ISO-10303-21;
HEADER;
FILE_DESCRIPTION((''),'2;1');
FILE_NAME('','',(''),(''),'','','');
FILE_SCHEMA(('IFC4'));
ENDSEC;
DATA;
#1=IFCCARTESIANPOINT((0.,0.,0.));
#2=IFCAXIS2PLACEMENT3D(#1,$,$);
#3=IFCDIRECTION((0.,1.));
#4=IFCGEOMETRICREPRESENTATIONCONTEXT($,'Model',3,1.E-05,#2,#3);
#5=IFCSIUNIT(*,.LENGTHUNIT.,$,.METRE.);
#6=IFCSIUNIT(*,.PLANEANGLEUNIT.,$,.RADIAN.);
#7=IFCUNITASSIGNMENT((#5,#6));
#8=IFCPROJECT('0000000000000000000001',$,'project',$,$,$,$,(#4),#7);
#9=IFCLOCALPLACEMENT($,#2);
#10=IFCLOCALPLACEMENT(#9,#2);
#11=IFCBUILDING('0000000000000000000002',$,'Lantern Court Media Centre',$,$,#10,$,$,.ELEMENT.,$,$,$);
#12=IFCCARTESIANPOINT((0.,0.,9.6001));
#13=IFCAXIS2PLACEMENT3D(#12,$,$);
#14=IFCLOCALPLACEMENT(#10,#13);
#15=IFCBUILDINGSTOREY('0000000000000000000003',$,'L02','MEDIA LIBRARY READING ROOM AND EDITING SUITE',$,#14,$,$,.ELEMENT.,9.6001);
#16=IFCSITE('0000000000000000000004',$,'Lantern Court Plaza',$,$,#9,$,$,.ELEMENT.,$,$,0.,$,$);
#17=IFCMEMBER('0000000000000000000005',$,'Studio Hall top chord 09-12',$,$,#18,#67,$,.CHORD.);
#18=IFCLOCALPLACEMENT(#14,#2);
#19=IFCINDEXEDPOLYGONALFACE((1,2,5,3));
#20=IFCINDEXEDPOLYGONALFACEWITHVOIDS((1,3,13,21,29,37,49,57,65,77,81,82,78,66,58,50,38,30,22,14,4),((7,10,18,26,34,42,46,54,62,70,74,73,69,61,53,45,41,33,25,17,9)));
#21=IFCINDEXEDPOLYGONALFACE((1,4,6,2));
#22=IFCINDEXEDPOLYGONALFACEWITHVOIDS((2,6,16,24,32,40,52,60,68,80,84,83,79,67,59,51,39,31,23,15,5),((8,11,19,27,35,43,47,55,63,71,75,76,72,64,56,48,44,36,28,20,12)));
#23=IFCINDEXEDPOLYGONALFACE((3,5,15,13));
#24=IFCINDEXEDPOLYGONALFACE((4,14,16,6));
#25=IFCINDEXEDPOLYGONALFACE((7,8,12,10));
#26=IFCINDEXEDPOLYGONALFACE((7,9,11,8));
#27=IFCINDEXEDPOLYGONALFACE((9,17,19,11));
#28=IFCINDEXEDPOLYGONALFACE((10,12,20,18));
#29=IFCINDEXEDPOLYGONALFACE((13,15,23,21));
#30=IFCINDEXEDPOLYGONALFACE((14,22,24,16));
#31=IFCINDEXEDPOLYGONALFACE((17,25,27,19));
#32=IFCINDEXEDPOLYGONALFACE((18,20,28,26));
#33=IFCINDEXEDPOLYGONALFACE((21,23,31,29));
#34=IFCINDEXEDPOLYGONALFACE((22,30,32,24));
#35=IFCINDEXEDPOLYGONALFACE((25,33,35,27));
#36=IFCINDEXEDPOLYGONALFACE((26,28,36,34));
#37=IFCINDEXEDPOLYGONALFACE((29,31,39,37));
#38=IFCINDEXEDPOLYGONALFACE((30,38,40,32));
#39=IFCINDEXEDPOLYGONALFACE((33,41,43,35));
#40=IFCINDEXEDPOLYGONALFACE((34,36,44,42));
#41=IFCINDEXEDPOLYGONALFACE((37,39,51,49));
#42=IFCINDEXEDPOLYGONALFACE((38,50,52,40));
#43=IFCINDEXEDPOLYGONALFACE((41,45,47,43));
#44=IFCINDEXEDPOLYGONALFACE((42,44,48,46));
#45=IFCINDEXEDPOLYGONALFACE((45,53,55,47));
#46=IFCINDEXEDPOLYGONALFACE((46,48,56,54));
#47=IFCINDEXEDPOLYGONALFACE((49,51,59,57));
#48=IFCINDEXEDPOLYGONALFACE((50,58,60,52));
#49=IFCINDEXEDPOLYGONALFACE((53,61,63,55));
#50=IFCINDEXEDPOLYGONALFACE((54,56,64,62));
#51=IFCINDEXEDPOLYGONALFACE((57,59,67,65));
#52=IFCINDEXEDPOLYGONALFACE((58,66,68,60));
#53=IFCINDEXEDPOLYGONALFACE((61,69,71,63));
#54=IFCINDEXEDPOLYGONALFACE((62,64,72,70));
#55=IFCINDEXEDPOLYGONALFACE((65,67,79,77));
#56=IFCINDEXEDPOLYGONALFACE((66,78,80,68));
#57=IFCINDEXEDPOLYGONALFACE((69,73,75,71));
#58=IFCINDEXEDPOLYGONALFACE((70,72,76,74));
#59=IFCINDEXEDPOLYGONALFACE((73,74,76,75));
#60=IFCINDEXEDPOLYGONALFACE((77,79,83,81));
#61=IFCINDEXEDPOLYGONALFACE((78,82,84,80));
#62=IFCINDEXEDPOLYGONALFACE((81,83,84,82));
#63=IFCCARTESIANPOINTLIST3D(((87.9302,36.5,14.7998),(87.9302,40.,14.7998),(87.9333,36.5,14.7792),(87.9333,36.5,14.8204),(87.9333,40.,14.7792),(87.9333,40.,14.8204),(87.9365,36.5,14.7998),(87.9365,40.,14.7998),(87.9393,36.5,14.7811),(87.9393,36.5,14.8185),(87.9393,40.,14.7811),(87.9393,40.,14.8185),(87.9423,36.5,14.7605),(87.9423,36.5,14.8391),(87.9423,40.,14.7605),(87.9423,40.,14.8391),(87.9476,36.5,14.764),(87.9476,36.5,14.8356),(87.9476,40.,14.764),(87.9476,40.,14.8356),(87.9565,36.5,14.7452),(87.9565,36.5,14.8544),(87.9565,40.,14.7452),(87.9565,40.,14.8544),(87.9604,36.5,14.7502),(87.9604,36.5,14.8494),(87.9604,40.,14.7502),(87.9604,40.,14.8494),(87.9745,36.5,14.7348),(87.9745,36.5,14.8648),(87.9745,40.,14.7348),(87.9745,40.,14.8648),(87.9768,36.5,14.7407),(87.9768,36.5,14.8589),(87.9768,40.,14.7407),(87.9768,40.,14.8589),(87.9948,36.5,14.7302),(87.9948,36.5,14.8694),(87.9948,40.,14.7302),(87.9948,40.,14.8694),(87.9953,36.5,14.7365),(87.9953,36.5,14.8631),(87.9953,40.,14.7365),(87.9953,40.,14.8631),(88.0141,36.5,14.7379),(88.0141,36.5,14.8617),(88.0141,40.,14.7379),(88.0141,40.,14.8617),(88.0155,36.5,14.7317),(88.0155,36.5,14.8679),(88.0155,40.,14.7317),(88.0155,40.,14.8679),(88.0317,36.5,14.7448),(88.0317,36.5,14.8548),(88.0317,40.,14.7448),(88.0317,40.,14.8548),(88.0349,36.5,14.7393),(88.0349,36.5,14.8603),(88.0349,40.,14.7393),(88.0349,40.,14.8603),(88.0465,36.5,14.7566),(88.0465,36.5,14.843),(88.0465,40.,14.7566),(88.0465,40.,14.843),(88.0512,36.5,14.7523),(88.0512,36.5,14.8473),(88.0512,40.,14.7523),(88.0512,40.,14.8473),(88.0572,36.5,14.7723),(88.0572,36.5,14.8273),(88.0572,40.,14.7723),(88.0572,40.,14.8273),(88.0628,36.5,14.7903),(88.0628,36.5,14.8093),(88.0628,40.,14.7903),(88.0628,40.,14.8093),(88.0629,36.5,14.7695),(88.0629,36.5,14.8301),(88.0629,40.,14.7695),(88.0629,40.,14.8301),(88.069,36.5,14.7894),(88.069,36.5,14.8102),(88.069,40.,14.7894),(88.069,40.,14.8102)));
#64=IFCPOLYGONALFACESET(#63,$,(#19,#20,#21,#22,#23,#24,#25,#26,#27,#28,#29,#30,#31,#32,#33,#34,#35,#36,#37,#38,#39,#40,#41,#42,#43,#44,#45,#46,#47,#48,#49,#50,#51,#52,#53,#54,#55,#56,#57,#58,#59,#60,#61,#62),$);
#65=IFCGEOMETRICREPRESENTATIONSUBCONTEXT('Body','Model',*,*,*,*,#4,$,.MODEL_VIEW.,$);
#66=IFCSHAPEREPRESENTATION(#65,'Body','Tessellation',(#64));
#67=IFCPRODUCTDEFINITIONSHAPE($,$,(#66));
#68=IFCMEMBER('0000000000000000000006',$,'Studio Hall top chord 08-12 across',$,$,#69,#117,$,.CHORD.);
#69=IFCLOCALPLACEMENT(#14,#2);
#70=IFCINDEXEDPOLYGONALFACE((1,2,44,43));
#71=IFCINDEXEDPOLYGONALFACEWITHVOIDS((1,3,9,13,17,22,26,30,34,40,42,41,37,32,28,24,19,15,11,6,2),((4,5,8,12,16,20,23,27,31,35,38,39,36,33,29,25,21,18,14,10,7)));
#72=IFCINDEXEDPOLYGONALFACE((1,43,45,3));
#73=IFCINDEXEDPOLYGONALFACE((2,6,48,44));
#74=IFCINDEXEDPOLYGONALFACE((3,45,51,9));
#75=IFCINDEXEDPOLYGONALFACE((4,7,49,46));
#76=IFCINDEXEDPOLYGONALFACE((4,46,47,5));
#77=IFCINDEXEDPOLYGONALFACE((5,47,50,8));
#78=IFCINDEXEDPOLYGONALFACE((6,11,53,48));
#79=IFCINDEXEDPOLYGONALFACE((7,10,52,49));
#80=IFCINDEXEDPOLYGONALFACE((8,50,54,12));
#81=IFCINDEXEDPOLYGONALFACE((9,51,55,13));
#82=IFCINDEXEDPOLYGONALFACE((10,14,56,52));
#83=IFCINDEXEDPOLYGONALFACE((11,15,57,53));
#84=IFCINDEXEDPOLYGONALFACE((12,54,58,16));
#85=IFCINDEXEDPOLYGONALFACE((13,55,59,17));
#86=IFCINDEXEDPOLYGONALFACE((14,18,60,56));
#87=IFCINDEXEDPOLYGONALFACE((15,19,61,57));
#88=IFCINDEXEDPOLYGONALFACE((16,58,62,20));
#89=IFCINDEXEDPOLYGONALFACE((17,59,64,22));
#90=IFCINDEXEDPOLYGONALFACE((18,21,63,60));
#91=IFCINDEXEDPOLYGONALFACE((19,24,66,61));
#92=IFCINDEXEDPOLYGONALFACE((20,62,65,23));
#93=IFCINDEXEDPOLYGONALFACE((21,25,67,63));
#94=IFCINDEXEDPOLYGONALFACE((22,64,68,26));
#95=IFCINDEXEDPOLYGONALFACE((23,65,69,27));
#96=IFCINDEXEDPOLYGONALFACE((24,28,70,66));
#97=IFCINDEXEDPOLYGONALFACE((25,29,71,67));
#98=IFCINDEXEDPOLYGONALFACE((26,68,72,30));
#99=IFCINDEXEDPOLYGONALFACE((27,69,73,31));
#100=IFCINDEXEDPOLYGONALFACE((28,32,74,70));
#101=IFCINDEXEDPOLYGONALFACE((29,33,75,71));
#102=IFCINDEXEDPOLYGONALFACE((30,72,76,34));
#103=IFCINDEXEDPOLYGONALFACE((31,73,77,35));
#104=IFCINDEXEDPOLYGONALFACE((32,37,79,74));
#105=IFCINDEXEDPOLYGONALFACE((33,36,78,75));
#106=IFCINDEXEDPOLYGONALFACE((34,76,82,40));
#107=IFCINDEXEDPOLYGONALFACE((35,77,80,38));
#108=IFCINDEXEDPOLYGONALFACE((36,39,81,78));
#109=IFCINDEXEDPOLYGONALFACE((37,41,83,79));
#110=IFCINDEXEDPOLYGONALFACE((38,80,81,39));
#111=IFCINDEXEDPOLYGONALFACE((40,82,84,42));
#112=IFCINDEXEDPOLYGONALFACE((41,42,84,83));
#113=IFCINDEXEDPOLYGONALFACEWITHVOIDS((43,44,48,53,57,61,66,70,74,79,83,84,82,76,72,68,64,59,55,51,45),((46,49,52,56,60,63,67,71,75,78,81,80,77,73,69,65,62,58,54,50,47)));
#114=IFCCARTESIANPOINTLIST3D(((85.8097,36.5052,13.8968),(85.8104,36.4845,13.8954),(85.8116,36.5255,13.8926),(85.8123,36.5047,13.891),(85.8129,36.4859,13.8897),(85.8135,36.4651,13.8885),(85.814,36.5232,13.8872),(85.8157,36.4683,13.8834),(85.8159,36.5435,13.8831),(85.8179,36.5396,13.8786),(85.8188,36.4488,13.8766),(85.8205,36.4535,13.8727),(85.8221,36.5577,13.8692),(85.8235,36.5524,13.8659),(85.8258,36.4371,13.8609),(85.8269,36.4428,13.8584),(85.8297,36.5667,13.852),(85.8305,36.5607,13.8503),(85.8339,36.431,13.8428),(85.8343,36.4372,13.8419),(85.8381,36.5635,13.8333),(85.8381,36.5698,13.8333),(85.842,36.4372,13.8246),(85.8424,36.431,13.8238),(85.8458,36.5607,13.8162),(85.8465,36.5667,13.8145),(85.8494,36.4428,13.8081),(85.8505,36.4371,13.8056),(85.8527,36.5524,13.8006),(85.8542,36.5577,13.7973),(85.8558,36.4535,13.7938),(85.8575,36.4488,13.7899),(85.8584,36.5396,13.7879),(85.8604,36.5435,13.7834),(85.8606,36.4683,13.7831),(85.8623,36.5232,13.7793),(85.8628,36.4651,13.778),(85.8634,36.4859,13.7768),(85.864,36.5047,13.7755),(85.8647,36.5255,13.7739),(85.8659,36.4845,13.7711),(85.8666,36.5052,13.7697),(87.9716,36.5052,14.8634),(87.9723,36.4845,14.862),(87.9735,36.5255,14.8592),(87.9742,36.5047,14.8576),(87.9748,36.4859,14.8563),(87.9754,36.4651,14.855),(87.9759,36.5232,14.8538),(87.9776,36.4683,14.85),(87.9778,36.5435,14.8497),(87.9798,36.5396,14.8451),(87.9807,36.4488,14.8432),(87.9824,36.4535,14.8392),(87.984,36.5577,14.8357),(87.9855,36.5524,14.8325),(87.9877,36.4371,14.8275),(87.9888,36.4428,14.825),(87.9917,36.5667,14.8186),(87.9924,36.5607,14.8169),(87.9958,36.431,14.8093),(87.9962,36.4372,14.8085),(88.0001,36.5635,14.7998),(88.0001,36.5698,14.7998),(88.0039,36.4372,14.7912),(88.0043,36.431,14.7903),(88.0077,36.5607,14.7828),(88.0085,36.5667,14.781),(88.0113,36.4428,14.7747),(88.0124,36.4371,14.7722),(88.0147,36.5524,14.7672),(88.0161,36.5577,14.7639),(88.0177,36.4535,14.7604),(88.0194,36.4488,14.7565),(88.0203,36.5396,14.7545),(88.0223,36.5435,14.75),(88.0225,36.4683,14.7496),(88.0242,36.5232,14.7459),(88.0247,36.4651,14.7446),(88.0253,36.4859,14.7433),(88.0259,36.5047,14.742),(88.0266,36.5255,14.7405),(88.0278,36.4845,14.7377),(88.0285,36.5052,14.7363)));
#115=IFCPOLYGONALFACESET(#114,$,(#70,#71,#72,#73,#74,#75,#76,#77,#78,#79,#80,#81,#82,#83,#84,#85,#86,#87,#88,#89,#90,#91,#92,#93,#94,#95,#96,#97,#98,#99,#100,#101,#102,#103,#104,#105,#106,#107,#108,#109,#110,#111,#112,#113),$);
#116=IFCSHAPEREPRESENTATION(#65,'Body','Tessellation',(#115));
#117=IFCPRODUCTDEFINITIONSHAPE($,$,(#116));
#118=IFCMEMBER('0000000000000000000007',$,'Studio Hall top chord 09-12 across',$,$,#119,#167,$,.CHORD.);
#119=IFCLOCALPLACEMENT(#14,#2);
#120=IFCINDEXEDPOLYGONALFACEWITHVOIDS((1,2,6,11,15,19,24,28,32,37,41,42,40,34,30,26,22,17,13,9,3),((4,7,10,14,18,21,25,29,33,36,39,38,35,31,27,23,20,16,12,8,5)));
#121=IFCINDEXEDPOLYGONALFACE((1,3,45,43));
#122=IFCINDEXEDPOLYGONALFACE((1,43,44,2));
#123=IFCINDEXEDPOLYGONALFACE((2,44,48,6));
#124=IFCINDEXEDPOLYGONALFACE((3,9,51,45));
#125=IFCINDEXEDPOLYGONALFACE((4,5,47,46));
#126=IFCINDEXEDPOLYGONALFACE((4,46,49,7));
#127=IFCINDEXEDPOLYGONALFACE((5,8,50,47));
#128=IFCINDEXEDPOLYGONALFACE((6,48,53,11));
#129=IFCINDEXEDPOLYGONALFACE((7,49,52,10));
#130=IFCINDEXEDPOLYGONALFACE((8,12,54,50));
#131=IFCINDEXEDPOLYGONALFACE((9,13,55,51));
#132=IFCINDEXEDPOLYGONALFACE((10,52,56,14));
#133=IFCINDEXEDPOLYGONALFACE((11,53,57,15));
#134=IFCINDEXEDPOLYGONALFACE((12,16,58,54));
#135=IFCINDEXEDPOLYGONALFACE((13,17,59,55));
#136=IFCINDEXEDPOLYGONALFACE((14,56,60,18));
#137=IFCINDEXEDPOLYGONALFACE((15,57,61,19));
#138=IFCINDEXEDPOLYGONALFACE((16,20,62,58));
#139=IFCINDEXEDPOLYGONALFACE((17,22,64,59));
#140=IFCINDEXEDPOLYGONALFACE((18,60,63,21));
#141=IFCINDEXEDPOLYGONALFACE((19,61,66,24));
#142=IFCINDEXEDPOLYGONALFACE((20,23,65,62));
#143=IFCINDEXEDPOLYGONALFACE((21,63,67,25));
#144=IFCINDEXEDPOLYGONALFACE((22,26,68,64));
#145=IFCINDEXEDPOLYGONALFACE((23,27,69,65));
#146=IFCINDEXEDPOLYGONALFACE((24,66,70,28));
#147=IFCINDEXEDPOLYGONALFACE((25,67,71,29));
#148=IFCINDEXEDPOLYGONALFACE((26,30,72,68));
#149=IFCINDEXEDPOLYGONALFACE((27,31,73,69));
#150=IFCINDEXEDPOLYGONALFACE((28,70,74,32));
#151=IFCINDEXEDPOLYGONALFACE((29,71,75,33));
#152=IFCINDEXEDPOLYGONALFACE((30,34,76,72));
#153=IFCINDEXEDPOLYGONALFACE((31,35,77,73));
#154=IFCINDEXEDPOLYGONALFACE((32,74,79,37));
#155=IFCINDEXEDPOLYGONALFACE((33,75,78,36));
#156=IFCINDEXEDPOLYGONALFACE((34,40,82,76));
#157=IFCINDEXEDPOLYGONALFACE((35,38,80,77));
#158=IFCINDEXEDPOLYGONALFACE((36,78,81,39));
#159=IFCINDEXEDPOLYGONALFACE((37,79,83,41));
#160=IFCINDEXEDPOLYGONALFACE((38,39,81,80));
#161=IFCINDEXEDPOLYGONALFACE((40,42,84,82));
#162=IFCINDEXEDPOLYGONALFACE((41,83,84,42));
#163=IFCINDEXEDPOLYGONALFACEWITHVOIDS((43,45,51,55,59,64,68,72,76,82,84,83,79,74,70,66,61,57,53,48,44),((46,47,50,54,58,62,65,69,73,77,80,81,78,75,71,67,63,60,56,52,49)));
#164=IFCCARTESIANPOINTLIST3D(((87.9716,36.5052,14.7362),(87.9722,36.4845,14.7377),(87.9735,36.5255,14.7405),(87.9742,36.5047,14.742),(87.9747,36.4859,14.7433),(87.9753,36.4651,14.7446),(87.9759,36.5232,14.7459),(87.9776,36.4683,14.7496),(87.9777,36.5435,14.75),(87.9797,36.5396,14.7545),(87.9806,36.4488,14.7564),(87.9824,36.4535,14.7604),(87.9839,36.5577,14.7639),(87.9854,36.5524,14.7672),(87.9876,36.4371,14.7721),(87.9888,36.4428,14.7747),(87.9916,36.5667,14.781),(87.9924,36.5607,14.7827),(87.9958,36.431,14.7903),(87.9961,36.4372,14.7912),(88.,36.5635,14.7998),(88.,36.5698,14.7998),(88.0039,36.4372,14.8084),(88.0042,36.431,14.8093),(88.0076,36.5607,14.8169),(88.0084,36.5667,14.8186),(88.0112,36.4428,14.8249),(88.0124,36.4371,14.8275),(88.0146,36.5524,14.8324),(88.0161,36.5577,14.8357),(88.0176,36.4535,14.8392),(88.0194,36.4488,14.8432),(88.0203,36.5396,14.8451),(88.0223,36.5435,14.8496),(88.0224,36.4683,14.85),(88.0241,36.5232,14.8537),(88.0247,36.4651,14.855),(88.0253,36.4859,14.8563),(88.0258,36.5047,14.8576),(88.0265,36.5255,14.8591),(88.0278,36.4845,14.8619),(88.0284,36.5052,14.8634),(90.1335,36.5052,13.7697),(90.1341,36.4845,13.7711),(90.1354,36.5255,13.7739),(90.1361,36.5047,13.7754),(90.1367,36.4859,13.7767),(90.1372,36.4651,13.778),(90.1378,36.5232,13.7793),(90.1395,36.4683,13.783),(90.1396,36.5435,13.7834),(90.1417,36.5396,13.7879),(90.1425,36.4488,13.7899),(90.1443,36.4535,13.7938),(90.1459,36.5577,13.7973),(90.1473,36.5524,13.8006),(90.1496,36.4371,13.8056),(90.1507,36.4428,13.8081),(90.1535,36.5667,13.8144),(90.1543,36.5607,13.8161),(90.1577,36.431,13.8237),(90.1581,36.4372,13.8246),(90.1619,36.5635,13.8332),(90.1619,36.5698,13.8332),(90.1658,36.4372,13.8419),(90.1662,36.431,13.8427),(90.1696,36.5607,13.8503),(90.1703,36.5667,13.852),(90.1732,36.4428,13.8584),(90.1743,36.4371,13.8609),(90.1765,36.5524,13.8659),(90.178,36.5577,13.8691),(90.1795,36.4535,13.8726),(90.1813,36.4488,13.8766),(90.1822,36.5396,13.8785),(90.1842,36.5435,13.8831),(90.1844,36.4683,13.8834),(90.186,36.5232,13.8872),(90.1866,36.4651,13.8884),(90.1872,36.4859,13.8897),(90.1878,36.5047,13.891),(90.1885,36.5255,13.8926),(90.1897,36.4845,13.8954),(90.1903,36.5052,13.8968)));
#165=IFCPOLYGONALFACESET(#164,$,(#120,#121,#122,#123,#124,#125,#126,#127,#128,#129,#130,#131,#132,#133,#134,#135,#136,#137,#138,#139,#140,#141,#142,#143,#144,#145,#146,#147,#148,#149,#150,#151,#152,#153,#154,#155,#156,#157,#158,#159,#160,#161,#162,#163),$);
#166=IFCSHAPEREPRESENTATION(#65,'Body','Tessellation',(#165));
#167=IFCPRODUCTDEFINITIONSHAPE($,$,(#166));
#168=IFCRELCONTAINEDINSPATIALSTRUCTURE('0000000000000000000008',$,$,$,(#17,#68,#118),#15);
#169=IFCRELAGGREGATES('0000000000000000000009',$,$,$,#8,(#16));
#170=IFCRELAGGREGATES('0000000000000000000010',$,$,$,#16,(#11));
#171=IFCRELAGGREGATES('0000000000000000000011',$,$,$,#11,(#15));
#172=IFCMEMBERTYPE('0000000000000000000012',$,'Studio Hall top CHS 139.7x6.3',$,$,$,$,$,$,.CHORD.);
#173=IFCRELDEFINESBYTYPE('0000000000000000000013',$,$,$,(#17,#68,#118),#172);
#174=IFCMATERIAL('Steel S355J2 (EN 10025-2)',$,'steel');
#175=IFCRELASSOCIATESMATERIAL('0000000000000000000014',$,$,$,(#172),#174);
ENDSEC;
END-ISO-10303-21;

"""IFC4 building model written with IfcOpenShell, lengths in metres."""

from ifc_helpers import new_model, si_unit, direction, frame, origin, origin_2d, place, context, subcontext, project, spatial, hollow_circle, extrude, material, material_profile, profile_set, type_object, element, save


model = new_model("IFC4")

# Units and contexts
model_context = context("Model", 3, precision=1e-05, world=origin(), true_north=direction((0.0, 1.0)))
body_context = subcontext(model_context, "Body", "Model", "MODEL_VIEW")
ifc_project = project(units=[si_unit("LENGTHUNIT", "METRE"), si_unit("PLANEANGLEUNIT", "RADIAN")], contexts=[model_context])

# Site, building, storey
site_placement = place(None, origin())
site = spatial("IfcSite", under=ifc_project, at=site_placement, Name="Lantern Court Plaza", CompositionType="ELEMENT", RefElevation=0.0)
building_placement = place(site_placement, origin())
building = spatial("IfcBuilding", under=site, at=building_placement, Name="Lantern Court Media Centre", CompositionType="ELEMENT")
storey_placement = place(building_placement, frame((0.0, 0.0, 9.6001)))
storey = spatial("IfcBuildingStorey", under=building, at=storey_placement, Name="L02", Description="MEDIA LIBRARY READING ROOM AND EDITING SUITE", CompositionType="ELEMENT", Elevation=9.6001)

# Members
ifc_material = material(Name="Steel S355J2 (EN 10025-2)", Category="steel")
ifc_material_profile_1 = material_profile(ifc_material, hollow_circle(Radius=0.0698, WallThickness=0.0063, at=origin_2d()), Name="Studio Hall top CHS 139.7x6.3")
ifc_profile_set_1 = profile_set([ifc_material_profile_1], Name="Steel S355J2 (EN 10025-2)")
member_type_1 = type_object("IfcMemberType", Name="Studio Hall top CHS 139.7x6.3", PredefinedType="CHORD", material=ifc_profile_set_1)
for number, where, z_axis, x_axis, name in (
    (1, (88.0, 36.5, 14.7998), (0.0, 1.0, 0.0), (-1.0, 0.0, 0.0), "Studio Hall top chord 09-12"),
):
    element("IfcMember", number, at=place(storey_placement, frame(where, z_axis=z_axis, x_axis=x_axis)), inside=storey, type_object=member_type_1, Name=name, PredefinedType="CHORD", context=body_context, shape_type="SweptSolid", body=[
        extrude(hollow_circle(Radius=0.0698, WallThickness=0.0063, at=origin_2d()), origin(), (0.0, 0.0, 1.0), 3.5),
    ])
for number, where, z_axis, x_axis, name in (
    (2, (85.8381, 36.5, 13.8333), (0.912912, 0.0, 0.408156), (0.0, 1.0, 0.0), "Studio Hall top chord 08-12 across"),
    (3, (88.0, 36.5, 14.7998), (0.912912, 0.0, -0.408156), (0.0, 1.0, 0.0), "Studio Hall top chord 09-12 across"),
):
    element("IfcMember", number, at=place(storey_placement, frame(where, z_axis=z_axis, x_axis=x_axis)), inside=storey, type_object=member_type_1, Name=name, PredefinedType="CHORD", context=body_context, shape_type="SweptSolid", body=[
        extrude(hollow_circle(Radius=0.0698, WallThickness=0.0063, at=origin_2d()), origin(), (0.0, 0.0, 1.0), 2.3682),
    ])

save(model, "model.ifc")
